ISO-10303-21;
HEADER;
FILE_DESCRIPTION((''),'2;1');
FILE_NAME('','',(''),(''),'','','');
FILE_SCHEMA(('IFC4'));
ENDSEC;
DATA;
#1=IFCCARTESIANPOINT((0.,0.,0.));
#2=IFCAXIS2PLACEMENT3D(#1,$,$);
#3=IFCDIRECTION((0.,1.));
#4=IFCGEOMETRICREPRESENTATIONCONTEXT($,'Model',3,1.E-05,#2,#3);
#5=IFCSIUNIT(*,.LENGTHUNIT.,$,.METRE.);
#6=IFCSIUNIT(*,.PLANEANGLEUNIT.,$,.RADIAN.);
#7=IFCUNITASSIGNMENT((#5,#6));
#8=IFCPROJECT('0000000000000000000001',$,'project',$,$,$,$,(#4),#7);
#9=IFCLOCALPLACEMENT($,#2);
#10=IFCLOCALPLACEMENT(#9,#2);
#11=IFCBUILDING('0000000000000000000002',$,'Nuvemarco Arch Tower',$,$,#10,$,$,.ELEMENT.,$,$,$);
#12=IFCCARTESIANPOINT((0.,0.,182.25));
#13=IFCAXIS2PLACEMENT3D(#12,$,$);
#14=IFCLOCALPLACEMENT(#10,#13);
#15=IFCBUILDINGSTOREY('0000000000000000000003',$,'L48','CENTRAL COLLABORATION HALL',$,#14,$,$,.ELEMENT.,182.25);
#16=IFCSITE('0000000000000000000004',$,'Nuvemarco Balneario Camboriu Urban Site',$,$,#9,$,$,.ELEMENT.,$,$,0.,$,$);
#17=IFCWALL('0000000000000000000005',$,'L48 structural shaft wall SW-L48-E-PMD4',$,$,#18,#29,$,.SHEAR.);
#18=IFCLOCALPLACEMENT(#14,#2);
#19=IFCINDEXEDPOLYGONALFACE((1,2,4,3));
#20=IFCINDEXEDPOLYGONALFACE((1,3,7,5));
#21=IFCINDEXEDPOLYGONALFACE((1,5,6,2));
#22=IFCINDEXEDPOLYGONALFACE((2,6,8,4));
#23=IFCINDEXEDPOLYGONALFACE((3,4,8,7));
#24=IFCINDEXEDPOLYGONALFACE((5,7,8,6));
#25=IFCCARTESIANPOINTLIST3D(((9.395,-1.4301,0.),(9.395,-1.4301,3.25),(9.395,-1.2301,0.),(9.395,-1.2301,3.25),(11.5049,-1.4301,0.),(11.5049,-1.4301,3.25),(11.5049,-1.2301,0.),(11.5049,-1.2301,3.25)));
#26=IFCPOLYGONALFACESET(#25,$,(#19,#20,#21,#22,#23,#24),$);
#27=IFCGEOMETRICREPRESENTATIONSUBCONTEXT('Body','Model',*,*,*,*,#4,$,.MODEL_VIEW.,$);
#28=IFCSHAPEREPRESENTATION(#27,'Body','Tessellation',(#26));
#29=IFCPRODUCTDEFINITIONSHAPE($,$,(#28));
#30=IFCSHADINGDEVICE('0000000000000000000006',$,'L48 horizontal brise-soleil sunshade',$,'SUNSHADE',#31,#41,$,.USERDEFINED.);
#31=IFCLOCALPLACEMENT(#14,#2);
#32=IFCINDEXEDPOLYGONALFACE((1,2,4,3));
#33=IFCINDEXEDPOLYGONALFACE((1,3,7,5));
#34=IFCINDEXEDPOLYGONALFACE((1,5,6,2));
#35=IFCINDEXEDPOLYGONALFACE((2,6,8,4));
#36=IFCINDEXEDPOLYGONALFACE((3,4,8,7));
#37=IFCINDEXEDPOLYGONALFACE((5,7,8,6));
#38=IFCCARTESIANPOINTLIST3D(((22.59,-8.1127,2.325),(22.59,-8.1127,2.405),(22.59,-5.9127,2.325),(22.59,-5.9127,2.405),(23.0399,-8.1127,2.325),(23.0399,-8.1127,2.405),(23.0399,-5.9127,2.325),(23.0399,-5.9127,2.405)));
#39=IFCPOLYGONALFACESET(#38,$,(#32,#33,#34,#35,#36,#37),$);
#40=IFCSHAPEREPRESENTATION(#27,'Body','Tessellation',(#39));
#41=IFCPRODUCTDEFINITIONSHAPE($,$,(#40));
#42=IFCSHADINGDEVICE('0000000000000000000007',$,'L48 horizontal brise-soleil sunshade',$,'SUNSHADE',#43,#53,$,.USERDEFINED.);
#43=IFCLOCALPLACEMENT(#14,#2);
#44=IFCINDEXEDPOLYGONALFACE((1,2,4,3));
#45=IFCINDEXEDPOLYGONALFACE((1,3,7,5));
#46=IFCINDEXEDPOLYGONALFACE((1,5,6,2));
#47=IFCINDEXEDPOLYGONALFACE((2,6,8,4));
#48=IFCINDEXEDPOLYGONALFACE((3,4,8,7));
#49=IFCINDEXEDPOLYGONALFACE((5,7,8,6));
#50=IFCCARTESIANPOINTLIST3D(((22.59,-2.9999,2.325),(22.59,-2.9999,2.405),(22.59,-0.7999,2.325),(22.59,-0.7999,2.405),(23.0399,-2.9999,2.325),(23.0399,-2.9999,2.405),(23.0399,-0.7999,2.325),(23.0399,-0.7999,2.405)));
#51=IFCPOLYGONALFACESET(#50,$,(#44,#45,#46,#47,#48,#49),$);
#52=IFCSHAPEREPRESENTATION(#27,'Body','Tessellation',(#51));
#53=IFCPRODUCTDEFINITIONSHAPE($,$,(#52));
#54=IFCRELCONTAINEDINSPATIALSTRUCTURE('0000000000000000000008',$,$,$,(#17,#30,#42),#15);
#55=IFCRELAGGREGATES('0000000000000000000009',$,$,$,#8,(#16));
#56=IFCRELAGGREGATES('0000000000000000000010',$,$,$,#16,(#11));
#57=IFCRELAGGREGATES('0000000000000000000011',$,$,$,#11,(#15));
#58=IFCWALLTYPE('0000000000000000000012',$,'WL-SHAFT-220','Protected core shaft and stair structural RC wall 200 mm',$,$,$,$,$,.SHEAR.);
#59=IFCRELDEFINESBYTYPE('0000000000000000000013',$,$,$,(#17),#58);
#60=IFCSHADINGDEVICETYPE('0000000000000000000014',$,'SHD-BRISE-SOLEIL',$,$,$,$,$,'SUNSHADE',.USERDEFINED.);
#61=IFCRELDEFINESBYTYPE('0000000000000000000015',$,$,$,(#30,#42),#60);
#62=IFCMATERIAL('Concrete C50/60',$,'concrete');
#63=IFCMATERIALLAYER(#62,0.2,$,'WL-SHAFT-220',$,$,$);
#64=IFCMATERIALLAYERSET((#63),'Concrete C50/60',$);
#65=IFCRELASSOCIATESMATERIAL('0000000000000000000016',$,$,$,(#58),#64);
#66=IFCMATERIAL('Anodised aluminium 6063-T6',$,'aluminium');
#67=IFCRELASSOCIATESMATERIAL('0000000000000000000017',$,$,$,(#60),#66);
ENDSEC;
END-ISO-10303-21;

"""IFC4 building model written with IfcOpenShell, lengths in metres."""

from ifc_helpers import new_model, si_unit, direction, frame, frame_2d, origin, origin_2d, place, context, subcontext, project, spatial, rectangle, extrude, source, transform, mapped, material, layer, layer_set, type_object, type_shapes, element, save


model = new_model("IFC4")

# Units and contexts
model_context = context("Model", 3, precision=1e-05, world=origin(), true_north=direction((0.0, 1.0)))
body_context = subcontext(model_context, "Body", "Model", "MODEL_VIEW")
ifc_project = project(units=[si_unit("LENGTHUNIT", "METRE"), si_unit("PLANEANGLEUNIT", "RADIAN")], contexts=[model_context])

# Site, building, storey
site_placement = place(None, origin())
site = spatial("IfcSite", under=ifc_project, at=site_placement, Name="Nuvemarco Balneario Camboriu Urban Site", CompositionType="ELEMENT", RefElevation=0.0)
building_placement = place(site_placement, origin())
building = spatial("IfcBuilding", under=site, at=building_placement, Name="Nuvemarco Arch Tower", CompositionType="ELEMENT")
storey_placement = place(building_placement, frame((0.0, 0.0, 182.25)))
storey = spatial("IfcBuildingStorey", under=building, at=storey_placement, Name="L48", Description="CENTRAL COLLABORATION HALL", CompositionType="ELEMENT", Elevation=182.25)

# Shared definitions
ifc_material_1 = material(Name="Concrete C50/60", Category="concrete")

# Shared definitions
ifc_layer_1 = layer(ifc_material_1, 0.2, Name="WL-SHAFT-220")
ifc_layer_set_1 = layer_set([ifc_layer_1], Name="Concrete C50/60")
wall_type_1 = type_object("IfcWallType", Name="WL-SHAFT-220", Description="Protected core shaft and stair structural RC wall 200 mm", PredefinedType="SHEAR", material=ifc_layer_set_1)

# Wall
wall_1_placement = place(storey_placement, frame((9.395, -1.3301, 0.0), z_axis=(0.0, 0.0, 1.0), x_axis=(1.0, 0.0, 0.0)))
element("IfcWall", 1, at=wall_1_placement, inside=storey, type_object=wall_type_1, Name="L48 structural shaft wall SW-L48-E-PMD4", PredefinedType="SHEAR", context=body_context, shape_type="SweptSolid", body=[
    extrude(rectangle(XDim=2.1099, YDim=0.2, at=frame_2d((1.0549, 0.0))), origin(), (0.0, 0.0, 1.0), 3.25),
])

# Shading devices
ifc_material_2 = material(Name="Anodised aluminium 6063-T6", Category="aluminium")
shading_device_type = type_object("IfcShadingDeviceType", Name="SHD-BRISE-SOLEIL", ElementType="SUNSHADE", PredefinedType="USERDEFINED", material=ifc_material_2)
shared_shape_1 = source(origin(), body_context, "Body", "SweptSolid", [
    extrude(rectangle(XDim=2.2, YDim=0.45, at=origin_2d()), origin(), (0.0, 0.0, 1.0), 0.0801),
])
type_shapes(shading_device_type, [shared_shape_1])
for number, where, z_axis, x_axis, name in (
    (2, (22.8149, -7.0127, 2.325), (0.0, 0.0, 1.0), (0.0, 1.0, 0.0), "L48 horizontal brise-soleil sunshade"),
    (3, (22.8149, -1.8999, 2.325), (0.0, 0.0, 1.0), (0.0, 1.0, 0.0), "L48 horizontal brise-soleil sunshade"),
):
    element("IfcShadingDevice", number, at=place(storey_placement, frame(where, z_axis=z_axis, x_axis=x_axis)), inside=storey, type_object=shading_device_type, Name=name, ObjectType="SUNSHADE", PredefinedType="USERDEFINED", context=body_context, shape_type="MappedRepresentation", body=[
        mapped(shared_shape_1, transform((0.0, 0.0, 0.0), scale=1.0)),
    ])

save(model, "model.ifc")
